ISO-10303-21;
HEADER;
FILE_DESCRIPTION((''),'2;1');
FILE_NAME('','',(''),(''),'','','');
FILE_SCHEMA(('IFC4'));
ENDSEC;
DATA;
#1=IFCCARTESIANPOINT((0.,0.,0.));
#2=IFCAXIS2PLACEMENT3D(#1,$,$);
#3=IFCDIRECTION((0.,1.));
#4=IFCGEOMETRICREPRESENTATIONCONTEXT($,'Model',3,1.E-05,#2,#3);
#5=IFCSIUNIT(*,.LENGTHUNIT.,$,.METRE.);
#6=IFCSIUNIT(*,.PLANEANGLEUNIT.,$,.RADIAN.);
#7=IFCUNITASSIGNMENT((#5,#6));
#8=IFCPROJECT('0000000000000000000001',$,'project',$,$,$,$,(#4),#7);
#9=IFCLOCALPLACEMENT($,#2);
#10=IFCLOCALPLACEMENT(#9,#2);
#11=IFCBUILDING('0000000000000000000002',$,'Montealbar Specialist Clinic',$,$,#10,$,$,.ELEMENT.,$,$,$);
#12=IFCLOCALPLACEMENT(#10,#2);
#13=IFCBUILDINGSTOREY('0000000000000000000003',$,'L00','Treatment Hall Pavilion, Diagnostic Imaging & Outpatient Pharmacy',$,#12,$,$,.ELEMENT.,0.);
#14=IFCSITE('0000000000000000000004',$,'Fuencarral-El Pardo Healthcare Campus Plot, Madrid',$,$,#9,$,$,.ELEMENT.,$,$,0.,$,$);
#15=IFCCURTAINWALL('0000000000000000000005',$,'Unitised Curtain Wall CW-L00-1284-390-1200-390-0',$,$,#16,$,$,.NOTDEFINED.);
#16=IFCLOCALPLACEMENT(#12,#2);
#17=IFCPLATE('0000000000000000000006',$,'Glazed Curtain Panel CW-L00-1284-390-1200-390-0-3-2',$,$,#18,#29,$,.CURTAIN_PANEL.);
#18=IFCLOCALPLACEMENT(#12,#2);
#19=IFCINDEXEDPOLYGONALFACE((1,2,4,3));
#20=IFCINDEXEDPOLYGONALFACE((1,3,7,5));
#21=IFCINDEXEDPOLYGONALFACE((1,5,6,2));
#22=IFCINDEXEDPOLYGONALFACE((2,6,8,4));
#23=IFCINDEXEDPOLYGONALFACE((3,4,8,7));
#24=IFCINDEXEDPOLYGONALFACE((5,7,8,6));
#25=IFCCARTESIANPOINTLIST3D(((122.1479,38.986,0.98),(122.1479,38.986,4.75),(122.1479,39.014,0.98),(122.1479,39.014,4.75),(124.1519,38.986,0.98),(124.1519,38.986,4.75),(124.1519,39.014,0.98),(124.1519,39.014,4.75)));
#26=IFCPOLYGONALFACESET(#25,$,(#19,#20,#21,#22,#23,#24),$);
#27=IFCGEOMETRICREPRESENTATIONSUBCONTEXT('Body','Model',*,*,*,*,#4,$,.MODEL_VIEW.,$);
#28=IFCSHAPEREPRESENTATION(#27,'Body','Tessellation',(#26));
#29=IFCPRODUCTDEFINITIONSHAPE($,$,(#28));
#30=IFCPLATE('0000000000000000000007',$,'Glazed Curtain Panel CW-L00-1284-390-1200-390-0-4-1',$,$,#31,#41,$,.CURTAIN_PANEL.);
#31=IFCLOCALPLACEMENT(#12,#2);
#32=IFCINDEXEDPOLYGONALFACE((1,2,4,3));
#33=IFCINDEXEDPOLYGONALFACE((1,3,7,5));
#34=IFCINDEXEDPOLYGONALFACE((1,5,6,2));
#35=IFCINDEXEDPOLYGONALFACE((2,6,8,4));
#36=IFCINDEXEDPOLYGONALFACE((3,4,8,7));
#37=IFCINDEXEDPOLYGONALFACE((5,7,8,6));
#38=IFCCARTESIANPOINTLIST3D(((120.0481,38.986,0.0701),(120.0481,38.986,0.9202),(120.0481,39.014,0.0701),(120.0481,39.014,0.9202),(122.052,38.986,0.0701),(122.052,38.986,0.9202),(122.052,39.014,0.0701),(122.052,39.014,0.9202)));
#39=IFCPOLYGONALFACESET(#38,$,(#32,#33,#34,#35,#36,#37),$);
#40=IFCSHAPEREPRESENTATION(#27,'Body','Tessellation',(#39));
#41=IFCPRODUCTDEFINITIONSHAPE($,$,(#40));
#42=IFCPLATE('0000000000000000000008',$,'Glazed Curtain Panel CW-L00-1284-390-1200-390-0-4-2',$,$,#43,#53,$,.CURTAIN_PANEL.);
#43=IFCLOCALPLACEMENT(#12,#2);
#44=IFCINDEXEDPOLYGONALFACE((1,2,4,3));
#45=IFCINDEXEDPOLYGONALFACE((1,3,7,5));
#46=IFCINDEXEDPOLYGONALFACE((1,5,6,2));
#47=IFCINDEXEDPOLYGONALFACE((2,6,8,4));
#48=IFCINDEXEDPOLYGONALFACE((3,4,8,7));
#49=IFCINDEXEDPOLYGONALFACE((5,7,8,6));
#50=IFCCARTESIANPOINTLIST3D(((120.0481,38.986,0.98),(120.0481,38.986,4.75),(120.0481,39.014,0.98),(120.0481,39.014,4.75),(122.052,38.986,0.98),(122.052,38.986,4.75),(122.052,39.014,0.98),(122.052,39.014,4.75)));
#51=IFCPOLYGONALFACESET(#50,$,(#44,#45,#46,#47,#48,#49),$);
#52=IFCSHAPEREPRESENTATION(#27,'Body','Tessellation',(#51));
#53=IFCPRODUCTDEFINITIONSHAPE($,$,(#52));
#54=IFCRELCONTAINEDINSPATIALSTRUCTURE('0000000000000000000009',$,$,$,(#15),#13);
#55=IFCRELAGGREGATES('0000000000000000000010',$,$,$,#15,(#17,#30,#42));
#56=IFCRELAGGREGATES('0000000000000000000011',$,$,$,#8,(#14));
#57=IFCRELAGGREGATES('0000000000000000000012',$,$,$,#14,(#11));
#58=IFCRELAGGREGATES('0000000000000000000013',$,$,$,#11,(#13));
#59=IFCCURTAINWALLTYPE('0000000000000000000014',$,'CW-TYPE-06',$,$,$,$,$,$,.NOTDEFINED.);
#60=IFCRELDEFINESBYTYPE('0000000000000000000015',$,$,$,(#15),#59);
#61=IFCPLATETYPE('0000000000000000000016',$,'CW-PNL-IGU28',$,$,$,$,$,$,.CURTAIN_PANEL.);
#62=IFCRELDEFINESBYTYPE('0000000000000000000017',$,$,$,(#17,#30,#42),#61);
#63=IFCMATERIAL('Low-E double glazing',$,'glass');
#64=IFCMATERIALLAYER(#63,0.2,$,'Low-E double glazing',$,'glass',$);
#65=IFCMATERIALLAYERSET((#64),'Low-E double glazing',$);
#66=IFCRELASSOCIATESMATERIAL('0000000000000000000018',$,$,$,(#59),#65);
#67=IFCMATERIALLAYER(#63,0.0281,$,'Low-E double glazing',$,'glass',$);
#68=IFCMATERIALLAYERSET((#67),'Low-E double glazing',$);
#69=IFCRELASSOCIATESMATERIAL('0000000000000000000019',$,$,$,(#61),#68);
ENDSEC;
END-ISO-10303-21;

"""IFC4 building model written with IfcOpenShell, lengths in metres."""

from ifc_helpers import new_model, si_unit, direction, frame, origin, origin_2d, place, context, subcontext, project, spatial, rectangle, extrude, material, layer, layer_set, type_object, element, aggregate, save


model = new_model("IFC4")

# Units and contexts
model_context = context("Model", 3, precision=1e-05, world=origin(), true_north=direction((0.0, 1.0)))
body_context = subcontext(model_context, "Body", "Model", "MODEL_VIEW")
ifc_project = project(units=[si_unit("LENGTHUNIT", "METRE"), si_unit("PLANEANGLEUNIT", "RADIAN")], contexts=[model_context])

# Site, building, storey
site_placement = place(None, origin())
site = spatial("IfcSite", under=ifc_project, at=site_placement, Name="Fuencarral-El Pardo Healthcare Campus Plot, Madrid", CompositionType="ELEMENT", RefElevation=0.0)
building_placement = place(site_placement, origin())
building = spatial("IfcBuilding", under=site, at=building_placement, Name="Montealbar Specialist Clinic", CompositionType="ELEMENT")
storey_placement = place(building_placement, origin())
storey = spatial("IfcBuildingStorey", under=building, at=storey_placement, Name="L00", Description="Treatment Hall Pavilion, Diagnostic Imaging & Outpatient Pharmacy", CompositionType="ELEMENT", Elevation=0.0)

# Curtain wall
ifc_material_1 = material(Name="Low-E double glazing", Category="glass")
ifc_layer_1 = layer(ifc_material_1, 0.2, Name="Low-E double glazing", Category="glass")
ifc_layer_set_1 = layer_set([ifc_layer_1], Name="Low-E double glazing")
curtain_wall_type_1 = type_object("IfcCurtainWallType", Name="CW-TYPE-06", PredefinedType="NOTDEFINED", material=ifc_layer_set_1)
curtain_wall_1_placement = place(storey_placement, origin())
curtain_wall_1 = element("IfcCurtainWall", 1, at=curtain_wall_1_placement, inside=storey, type_object=curtain_wall_type_1, Name="Unitised Curtain Wall CW-L00-1284-390-1200-390-0", PredefinedType="NOTDEFINED")

# Shared definitions
ifc_layer_2 = layer(ifc_material_1, 0.0281, Name="Low-E double glazing", Category="glass")
ifc_layer_set_2 = layer_set([ifc_layer_2], Name="Low-E double glazing")
plate_type = type_object("IfcPlateType", Name="CW-PNL-IGU28", PredefinedType="CURTAIN_PANEL", material=ifc_layer_set_2)

# Plates
plate_1_placement = place(storey_placement, frame((123.1499, 39.0, 0.98), z_axis=(0.0, 0.0, 1.0), x_axis=(-1.0, 0.0, 0.0)))
plate_1 = element("IfcPlate", 2, at=plate_1_placement, type_object=plate_type, Name="Glazed Curtain Panel CW-L00-1284-390-1200-390-0-3-2", PredefinedType="CURTAIN_PANEL", context=body_context, shape_type="SweptSolid", body=[
    extrude(rectangle(XDim=2.0039, YDim=0.0281, at=origin_2d()), origin(), (0.0, 0.0, 1.0), 3.77),
])
plate_2_placement = place(storey_placement, frame((121.05, 39.0, 0.0701), z_axis=(0.0, 0.0, 1.0), x_axis=(-1.0, 0.0, 0.0)))
plate_2 = element("IfcPlate", 3, at=plate_2_placement, type_object=plate_type, Name="Glazed Curtain Panel CW-L00-1284-390-1200-390-0-4-1", PredefinedType="CURTAIN_PANEL", context=body_context, shape_type="SweptSolid", body=[
    extrude(rectangle(XDim=2.0039, YDim=0.0281, at=origin_2d()), origin(), (0.0, 0.0, 1.0), 0.8501),
])
plate_3_placement = place(storey_placement, frame((121.05, 39.0, 0.98), z_axis=(0.0, 0.0, 1.0), x_axis=(-1.0, 0.0, 0.0)))
plate_3 = element("IfcPlate", 4, at=plate_3_placement, type_object=plate_type, Name="Glazed Curtain Panel CW-L00-1284-390-1200-390-0-4-2", PredefinedType="CURTAIN_PANEL", context=body_context, shape_type="SweptSolid", body=[
    extrude(rectangle(XDim=2.0039, YDim=0.0281, at=origin_2d()), origin(), (0.0, 0.0, 1.0), 3.77),
])
aggregate(curtain_wall_1, [plate_1, plate_2, plate_3])

save(model, "model.ifc")
